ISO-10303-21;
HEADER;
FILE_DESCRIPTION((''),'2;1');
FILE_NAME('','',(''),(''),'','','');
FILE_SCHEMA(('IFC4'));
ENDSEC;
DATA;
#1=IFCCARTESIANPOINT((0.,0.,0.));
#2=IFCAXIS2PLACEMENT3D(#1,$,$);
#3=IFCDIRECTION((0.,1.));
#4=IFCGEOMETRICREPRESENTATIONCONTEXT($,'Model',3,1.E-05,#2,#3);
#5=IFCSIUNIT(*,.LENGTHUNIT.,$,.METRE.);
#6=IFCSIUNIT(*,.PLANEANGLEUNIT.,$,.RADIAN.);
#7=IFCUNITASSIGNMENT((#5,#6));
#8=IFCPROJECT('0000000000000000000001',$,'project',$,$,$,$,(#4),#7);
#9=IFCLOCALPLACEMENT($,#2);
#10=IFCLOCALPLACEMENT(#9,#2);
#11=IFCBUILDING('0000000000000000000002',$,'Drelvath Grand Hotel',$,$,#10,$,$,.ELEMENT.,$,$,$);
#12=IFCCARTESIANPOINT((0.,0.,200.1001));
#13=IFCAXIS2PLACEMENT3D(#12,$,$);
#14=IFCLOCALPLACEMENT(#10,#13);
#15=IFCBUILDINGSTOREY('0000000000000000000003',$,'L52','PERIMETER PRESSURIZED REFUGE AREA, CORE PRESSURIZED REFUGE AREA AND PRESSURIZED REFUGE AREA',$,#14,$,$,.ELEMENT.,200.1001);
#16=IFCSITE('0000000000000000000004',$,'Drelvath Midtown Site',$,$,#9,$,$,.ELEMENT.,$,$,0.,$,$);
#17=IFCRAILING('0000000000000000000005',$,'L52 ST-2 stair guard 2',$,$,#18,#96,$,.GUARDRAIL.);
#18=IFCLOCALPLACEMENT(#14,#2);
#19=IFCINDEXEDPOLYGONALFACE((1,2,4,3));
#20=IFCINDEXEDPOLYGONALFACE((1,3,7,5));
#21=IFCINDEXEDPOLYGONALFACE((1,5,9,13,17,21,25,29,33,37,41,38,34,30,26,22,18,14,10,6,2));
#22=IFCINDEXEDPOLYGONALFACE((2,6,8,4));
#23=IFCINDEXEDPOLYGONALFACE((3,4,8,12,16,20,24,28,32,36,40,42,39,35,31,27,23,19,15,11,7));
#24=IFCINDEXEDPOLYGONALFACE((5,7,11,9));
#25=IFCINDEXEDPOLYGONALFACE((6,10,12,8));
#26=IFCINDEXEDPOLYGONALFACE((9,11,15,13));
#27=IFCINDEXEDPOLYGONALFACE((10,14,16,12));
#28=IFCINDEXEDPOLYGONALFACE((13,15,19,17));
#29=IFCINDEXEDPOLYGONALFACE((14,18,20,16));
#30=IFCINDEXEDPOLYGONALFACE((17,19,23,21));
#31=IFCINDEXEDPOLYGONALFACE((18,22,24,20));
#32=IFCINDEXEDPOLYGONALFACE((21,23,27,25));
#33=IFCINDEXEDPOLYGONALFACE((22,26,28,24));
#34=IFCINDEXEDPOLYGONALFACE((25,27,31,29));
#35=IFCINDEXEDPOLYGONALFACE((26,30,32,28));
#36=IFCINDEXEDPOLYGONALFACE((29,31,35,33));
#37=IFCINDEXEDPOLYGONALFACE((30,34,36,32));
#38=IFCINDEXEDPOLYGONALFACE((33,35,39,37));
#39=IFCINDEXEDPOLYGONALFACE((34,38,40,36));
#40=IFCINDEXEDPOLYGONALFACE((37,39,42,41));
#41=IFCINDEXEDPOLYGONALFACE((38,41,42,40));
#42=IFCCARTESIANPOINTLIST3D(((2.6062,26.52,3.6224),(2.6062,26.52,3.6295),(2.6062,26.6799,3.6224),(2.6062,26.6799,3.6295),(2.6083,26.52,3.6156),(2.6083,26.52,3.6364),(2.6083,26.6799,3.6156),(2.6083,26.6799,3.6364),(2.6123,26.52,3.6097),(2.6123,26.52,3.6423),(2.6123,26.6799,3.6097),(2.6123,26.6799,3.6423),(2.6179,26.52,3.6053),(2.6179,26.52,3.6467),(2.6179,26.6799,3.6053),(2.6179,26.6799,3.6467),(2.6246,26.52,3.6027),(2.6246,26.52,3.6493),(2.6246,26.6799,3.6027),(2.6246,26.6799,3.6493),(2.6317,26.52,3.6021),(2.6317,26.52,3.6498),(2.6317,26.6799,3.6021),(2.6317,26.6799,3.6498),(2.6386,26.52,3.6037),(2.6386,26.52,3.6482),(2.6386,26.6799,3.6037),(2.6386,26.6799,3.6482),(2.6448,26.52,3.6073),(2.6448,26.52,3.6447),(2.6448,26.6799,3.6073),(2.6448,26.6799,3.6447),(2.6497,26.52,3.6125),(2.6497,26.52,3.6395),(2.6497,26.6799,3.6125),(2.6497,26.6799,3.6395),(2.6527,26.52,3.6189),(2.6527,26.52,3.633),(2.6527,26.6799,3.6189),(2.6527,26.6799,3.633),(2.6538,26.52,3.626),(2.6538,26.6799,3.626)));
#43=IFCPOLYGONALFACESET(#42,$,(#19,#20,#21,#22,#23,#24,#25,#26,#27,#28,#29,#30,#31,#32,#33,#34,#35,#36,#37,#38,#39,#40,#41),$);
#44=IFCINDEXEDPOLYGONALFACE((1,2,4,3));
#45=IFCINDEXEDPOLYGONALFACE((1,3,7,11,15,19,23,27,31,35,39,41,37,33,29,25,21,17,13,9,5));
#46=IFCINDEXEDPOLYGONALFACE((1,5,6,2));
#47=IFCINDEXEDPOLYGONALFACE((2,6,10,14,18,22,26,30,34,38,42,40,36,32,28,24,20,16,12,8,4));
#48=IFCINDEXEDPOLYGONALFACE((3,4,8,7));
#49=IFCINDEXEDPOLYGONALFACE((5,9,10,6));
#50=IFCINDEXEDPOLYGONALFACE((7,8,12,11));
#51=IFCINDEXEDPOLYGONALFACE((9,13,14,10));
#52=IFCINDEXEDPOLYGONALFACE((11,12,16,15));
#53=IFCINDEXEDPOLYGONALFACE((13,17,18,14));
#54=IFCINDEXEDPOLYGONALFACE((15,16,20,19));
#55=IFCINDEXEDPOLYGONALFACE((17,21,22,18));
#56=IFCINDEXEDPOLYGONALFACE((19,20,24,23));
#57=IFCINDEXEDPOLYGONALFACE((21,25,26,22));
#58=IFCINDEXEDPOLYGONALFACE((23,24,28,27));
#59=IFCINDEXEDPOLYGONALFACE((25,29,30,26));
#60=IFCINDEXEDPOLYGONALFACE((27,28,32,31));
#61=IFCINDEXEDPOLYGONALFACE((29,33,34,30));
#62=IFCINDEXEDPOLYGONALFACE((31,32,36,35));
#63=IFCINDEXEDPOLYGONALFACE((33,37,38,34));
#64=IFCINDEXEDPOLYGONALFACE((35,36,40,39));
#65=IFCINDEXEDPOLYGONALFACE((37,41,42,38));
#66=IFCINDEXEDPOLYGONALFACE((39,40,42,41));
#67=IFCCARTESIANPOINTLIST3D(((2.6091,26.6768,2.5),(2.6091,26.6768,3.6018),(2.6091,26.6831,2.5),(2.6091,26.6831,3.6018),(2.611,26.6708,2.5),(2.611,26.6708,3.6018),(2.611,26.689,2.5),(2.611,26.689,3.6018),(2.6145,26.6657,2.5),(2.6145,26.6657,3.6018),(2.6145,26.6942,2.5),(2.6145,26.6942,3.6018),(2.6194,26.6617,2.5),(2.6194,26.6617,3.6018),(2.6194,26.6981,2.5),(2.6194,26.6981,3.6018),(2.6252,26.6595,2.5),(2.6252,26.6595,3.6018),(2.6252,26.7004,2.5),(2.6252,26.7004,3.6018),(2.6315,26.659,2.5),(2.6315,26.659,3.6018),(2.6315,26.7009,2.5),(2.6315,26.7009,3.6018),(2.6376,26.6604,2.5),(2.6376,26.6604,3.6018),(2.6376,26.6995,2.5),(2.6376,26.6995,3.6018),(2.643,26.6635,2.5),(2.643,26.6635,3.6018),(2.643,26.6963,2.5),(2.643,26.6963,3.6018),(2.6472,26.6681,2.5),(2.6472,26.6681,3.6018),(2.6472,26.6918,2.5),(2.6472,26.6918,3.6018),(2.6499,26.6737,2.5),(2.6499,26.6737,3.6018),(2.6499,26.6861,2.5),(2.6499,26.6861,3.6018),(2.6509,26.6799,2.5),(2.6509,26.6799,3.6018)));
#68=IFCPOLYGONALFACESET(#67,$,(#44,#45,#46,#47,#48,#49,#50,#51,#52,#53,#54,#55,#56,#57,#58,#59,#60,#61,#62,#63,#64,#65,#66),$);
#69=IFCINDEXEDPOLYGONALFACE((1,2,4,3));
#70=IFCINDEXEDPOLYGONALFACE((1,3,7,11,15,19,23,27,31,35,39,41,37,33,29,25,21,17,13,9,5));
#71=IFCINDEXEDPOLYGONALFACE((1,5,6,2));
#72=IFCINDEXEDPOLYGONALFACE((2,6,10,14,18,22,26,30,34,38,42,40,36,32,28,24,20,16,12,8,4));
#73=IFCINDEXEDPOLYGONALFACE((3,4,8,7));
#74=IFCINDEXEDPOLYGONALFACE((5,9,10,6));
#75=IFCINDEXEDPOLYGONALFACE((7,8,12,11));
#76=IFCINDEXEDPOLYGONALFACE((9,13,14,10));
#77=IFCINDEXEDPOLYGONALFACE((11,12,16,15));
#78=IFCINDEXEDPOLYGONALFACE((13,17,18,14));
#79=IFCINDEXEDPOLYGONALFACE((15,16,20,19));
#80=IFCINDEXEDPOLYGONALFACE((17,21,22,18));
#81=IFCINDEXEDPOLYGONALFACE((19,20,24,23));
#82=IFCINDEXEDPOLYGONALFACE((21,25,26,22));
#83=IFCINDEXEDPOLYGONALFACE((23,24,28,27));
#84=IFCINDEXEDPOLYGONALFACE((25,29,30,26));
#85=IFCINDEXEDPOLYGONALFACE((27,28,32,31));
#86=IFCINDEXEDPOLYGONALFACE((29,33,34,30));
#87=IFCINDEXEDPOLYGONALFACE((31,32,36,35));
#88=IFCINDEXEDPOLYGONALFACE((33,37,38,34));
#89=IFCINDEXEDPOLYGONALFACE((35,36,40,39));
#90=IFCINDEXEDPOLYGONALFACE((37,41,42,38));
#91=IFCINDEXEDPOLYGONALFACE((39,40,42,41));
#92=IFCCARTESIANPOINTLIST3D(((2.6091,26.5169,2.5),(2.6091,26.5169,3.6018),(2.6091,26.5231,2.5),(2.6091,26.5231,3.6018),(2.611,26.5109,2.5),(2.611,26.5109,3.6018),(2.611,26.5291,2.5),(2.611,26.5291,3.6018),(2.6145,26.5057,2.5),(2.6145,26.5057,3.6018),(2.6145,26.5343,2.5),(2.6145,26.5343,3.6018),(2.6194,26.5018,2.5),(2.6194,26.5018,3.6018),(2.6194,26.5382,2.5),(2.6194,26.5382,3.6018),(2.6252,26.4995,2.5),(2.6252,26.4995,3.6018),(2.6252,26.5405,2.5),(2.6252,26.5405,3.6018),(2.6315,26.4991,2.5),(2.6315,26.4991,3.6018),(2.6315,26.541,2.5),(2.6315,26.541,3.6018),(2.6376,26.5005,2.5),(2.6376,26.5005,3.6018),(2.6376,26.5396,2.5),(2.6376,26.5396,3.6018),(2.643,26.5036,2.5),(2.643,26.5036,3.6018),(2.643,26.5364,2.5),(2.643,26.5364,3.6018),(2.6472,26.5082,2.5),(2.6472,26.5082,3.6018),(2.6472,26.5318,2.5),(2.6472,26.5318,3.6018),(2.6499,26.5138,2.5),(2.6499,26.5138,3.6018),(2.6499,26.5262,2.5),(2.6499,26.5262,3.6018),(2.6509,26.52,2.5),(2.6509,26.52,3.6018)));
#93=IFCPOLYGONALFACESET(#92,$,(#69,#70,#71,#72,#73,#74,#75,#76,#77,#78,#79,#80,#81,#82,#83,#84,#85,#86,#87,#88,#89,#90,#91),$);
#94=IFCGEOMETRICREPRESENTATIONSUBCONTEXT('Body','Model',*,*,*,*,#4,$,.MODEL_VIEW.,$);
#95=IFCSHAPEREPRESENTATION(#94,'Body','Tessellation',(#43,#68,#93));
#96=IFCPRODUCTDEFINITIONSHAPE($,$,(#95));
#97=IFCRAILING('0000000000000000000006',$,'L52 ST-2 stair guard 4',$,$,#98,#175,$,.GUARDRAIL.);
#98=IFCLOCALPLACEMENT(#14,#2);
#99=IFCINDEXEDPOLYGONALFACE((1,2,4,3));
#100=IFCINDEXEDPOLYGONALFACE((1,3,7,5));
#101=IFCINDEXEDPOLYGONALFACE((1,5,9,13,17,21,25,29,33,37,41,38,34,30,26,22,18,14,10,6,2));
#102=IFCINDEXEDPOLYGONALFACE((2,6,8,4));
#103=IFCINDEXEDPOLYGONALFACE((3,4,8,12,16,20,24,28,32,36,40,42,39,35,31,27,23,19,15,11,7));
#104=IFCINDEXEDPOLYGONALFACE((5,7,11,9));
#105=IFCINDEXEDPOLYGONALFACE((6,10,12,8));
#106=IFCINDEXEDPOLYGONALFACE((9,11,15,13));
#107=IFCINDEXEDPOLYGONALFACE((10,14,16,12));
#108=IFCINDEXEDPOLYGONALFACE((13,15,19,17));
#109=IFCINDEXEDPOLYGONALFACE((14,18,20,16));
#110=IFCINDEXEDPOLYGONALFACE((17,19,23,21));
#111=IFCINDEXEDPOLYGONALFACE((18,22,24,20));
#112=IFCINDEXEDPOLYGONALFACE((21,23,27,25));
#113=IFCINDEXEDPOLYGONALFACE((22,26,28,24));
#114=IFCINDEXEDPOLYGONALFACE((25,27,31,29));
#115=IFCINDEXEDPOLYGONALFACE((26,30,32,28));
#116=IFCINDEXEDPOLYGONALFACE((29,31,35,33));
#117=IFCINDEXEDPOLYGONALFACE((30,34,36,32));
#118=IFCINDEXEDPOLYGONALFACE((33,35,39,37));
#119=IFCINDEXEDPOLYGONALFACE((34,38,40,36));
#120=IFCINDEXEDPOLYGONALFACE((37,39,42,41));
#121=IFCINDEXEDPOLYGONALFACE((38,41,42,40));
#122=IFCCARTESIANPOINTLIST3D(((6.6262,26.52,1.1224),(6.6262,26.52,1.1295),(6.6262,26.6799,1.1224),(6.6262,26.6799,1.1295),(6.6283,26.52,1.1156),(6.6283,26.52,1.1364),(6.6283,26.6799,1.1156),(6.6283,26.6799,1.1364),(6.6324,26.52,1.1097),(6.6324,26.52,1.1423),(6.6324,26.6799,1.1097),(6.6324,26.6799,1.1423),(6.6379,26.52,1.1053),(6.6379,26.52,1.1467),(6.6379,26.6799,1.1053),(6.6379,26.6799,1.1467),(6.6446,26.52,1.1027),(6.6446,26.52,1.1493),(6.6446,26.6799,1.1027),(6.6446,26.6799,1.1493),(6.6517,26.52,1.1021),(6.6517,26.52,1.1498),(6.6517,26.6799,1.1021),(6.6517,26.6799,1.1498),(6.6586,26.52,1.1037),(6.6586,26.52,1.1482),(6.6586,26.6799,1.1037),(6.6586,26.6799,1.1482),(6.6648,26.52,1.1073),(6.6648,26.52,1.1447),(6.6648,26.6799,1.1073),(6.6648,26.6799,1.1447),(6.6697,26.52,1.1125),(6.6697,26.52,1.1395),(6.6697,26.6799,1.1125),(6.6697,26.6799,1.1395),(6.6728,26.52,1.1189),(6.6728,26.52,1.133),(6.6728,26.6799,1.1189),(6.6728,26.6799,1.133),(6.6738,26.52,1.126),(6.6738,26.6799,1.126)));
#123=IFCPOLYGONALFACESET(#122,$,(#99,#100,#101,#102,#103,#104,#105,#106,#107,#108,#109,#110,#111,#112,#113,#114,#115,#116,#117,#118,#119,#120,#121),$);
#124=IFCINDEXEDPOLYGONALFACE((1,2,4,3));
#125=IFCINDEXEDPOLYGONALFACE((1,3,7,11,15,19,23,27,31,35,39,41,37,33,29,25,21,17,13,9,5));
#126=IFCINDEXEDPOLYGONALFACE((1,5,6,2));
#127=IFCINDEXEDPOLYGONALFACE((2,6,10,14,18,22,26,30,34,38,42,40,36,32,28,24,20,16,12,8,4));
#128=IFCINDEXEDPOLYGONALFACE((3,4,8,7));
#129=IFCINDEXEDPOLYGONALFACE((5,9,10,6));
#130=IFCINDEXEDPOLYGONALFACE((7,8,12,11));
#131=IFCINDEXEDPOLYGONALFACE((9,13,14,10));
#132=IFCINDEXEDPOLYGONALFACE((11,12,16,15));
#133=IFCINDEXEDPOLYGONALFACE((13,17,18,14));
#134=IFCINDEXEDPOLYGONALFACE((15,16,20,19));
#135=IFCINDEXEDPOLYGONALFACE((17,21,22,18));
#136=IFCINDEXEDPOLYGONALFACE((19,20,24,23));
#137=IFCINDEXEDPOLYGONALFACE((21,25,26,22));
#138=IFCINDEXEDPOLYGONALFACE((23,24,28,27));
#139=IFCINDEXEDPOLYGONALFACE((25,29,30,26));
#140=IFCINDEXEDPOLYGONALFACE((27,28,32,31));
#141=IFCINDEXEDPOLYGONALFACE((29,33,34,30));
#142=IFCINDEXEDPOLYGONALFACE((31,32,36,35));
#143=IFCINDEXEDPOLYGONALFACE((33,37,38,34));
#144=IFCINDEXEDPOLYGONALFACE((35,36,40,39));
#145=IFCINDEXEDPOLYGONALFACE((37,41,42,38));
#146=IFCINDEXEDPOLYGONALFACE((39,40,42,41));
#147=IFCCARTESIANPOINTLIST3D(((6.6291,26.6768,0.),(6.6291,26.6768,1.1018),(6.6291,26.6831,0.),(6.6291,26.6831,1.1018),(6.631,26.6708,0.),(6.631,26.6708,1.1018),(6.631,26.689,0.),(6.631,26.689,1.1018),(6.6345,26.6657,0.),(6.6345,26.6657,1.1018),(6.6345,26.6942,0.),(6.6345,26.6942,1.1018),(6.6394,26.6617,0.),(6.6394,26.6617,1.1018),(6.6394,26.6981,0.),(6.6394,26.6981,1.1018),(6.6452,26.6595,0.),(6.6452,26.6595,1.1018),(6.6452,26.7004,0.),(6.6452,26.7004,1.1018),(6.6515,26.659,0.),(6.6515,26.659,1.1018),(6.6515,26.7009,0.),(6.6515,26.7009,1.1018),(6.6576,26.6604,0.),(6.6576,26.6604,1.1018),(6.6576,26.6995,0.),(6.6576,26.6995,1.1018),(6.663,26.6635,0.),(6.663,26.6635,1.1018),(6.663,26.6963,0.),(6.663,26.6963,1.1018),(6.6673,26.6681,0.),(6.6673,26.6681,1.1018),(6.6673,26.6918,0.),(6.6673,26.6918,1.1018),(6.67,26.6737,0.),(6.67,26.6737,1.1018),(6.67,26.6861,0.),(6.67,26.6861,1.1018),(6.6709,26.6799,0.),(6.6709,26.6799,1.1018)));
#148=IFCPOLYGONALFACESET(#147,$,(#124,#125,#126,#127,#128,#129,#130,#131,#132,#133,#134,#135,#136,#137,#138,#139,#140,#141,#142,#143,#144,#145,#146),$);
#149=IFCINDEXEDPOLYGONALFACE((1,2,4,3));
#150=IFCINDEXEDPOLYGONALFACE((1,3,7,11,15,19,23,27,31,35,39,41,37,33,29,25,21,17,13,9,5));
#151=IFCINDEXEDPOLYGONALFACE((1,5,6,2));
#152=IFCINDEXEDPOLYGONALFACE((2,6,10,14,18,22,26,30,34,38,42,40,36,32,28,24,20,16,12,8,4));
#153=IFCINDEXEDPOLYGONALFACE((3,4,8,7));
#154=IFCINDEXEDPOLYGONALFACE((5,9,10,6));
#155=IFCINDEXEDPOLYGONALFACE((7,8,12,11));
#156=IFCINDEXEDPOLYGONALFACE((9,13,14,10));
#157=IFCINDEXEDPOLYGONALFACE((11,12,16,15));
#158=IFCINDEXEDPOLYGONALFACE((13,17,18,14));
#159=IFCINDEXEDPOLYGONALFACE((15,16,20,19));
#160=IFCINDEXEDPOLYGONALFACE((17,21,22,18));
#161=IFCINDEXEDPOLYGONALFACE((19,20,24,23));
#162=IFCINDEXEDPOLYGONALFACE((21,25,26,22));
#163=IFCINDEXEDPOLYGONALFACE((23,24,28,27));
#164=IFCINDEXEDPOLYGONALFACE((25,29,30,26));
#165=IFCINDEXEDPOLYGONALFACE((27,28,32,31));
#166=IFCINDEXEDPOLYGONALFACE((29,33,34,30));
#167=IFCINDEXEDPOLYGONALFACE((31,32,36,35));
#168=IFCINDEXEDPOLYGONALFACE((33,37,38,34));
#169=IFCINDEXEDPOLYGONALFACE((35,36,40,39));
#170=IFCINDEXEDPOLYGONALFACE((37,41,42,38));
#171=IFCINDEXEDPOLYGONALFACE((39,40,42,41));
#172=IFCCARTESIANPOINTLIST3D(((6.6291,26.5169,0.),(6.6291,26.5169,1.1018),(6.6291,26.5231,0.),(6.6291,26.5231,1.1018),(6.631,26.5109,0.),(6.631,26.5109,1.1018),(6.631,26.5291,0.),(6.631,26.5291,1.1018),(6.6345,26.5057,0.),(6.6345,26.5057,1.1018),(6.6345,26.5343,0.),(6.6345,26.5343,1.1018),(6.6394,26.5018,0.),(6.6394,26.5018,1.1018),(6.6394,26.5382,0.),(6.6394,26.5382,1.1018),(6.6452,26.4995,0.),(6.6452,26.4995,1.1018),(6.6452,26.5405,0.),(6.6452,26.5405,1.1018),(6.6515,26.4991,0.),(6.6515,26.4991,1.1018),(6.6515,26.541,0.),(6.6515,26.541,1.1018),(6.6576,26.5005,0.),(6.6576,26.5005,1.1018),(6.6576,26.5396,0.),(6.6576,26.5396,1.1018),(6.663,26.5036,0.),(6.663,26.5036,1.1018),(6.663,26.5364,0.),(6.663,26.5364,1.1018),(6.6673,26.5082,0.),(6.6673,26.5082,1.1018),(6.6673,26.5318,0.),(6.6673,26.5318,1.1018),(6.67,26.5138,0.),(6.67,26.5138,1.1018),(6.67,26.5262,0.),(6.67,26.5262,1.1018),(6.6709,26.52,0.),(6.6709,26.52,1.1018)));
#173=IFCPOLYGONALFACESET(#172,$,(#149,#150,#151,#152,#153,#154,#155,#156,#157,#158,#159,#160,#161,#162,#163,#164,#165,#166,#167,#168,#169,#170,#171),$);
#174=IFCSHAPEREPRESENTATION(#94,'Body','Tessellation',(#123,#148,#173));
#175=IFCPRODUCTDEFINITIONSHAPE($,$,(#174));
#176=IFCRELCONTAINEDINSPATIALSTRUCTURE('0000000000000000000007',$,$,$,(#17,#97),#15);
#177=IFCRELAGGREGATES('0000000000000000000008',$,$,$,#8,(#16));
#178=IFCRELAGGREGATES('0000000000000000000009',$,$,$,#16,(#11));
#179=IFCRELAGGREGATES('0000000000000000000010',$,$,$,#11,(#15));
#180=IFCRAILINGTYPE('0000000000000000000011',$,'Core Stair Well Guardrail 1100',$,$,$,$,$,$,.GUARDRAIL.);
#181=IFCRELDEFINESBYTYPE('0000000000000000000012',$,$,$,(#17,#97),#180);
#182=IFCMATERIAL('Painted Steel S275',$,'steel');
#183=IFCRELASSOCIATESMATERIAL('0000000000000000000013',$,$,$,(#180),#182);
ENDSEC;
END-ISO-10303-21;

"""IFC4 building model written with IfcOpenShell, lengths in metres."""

from ifc_helpers import new_model, si_unit, direction, frame, origin, origin_2d, place, context, subcontext, project, spatial, circle, extrude, material, type_object, element, save


model = new_model("IFC4")

# Units and contexts
model_context = context("Model", 3, precision=1e-05, world=origin(), true_north=direction((0.0, 1.0)))
body_context = subcontext(model_context, "Body", "Model", "MODEL_VIEW")
ifc_project = project(units=[si_unit("LENGTHUNIT", "METRE"), si_unit("PLANEANGLEUNIT", "RADIAN")], contexts=[model_context])

# Site, building, storey
site_placement = place(None, origin())
site = spatial("IfcSite", under=ifc_project, at=site_placement, Name="Drelvath Midtown Site", CompositionType="ELEMENT", RefElevation=0.0)
building_placement = place(site_placement, origin())
building = spatial("IfcBuilding", under=site, at=building_placement, Name="Drelvath Grand Hotel", CompositionType="ELEMENT")
storey_placement = place(building_placement, frame((0.0, 0.0, 200.1001)))
storey = spatial("IfcBuildingStorey", under=building, at=storey_placement, Name="L52", Description="PERIMETER PRESSURIZED REFUGE AREA, CORE PRESSURIZED REFUGE AREA AND PRESSURIZED REFUGE AREA", CompositionType="ELEMENT", Elevation=200.1001)

# Shared definitions
ifc_material_1 = material(Name="Painted Steel S275", Category="steel")

# Railings
railing_type_1 = type_object("IfcRailingType", Name="Core Stair Well Guardrail 1100", PredefinedType="GUARDRAIL", material=ifc_material_1)
for number, where, name in (
    (1, (2.6299, 26.6799, 2.5), "L52 ST-2 stair guard 2"),
    (2, (6.6499, 26.6799, 0.0), "L52 ST-2 stair guard 4"),
):
    element("IfcRailing", number, at=place(storey_placement, frame(where)), inside=storey, type_object=railing_type_1, Name=name, PredefinedType="GUARDRAIL", context=body_context, shape_type="SweptSolid", body=[
        extrude(circle(Radius=0.0239, at=origin_2d()), frame((0.0, 0.0, 1.126), z_axis=(0.0, -1.0, 0.0), x_axis=(1.0, 0.0, 0.0)), (0.0, 0.0, 1.0), 0.1599),
        extrude(circle(Radius=0.021, at=origin_2d()), origin(), (0.0, 0.0, 1.0), 1.1018),
        extrude(circle(Radius=0.021, at=origin_2d()), frame((0.0, -0.1599, 0.0)), (0.0, 0.0, 1.0), 1.1018),
    ])

save(model, "model.ifc")
